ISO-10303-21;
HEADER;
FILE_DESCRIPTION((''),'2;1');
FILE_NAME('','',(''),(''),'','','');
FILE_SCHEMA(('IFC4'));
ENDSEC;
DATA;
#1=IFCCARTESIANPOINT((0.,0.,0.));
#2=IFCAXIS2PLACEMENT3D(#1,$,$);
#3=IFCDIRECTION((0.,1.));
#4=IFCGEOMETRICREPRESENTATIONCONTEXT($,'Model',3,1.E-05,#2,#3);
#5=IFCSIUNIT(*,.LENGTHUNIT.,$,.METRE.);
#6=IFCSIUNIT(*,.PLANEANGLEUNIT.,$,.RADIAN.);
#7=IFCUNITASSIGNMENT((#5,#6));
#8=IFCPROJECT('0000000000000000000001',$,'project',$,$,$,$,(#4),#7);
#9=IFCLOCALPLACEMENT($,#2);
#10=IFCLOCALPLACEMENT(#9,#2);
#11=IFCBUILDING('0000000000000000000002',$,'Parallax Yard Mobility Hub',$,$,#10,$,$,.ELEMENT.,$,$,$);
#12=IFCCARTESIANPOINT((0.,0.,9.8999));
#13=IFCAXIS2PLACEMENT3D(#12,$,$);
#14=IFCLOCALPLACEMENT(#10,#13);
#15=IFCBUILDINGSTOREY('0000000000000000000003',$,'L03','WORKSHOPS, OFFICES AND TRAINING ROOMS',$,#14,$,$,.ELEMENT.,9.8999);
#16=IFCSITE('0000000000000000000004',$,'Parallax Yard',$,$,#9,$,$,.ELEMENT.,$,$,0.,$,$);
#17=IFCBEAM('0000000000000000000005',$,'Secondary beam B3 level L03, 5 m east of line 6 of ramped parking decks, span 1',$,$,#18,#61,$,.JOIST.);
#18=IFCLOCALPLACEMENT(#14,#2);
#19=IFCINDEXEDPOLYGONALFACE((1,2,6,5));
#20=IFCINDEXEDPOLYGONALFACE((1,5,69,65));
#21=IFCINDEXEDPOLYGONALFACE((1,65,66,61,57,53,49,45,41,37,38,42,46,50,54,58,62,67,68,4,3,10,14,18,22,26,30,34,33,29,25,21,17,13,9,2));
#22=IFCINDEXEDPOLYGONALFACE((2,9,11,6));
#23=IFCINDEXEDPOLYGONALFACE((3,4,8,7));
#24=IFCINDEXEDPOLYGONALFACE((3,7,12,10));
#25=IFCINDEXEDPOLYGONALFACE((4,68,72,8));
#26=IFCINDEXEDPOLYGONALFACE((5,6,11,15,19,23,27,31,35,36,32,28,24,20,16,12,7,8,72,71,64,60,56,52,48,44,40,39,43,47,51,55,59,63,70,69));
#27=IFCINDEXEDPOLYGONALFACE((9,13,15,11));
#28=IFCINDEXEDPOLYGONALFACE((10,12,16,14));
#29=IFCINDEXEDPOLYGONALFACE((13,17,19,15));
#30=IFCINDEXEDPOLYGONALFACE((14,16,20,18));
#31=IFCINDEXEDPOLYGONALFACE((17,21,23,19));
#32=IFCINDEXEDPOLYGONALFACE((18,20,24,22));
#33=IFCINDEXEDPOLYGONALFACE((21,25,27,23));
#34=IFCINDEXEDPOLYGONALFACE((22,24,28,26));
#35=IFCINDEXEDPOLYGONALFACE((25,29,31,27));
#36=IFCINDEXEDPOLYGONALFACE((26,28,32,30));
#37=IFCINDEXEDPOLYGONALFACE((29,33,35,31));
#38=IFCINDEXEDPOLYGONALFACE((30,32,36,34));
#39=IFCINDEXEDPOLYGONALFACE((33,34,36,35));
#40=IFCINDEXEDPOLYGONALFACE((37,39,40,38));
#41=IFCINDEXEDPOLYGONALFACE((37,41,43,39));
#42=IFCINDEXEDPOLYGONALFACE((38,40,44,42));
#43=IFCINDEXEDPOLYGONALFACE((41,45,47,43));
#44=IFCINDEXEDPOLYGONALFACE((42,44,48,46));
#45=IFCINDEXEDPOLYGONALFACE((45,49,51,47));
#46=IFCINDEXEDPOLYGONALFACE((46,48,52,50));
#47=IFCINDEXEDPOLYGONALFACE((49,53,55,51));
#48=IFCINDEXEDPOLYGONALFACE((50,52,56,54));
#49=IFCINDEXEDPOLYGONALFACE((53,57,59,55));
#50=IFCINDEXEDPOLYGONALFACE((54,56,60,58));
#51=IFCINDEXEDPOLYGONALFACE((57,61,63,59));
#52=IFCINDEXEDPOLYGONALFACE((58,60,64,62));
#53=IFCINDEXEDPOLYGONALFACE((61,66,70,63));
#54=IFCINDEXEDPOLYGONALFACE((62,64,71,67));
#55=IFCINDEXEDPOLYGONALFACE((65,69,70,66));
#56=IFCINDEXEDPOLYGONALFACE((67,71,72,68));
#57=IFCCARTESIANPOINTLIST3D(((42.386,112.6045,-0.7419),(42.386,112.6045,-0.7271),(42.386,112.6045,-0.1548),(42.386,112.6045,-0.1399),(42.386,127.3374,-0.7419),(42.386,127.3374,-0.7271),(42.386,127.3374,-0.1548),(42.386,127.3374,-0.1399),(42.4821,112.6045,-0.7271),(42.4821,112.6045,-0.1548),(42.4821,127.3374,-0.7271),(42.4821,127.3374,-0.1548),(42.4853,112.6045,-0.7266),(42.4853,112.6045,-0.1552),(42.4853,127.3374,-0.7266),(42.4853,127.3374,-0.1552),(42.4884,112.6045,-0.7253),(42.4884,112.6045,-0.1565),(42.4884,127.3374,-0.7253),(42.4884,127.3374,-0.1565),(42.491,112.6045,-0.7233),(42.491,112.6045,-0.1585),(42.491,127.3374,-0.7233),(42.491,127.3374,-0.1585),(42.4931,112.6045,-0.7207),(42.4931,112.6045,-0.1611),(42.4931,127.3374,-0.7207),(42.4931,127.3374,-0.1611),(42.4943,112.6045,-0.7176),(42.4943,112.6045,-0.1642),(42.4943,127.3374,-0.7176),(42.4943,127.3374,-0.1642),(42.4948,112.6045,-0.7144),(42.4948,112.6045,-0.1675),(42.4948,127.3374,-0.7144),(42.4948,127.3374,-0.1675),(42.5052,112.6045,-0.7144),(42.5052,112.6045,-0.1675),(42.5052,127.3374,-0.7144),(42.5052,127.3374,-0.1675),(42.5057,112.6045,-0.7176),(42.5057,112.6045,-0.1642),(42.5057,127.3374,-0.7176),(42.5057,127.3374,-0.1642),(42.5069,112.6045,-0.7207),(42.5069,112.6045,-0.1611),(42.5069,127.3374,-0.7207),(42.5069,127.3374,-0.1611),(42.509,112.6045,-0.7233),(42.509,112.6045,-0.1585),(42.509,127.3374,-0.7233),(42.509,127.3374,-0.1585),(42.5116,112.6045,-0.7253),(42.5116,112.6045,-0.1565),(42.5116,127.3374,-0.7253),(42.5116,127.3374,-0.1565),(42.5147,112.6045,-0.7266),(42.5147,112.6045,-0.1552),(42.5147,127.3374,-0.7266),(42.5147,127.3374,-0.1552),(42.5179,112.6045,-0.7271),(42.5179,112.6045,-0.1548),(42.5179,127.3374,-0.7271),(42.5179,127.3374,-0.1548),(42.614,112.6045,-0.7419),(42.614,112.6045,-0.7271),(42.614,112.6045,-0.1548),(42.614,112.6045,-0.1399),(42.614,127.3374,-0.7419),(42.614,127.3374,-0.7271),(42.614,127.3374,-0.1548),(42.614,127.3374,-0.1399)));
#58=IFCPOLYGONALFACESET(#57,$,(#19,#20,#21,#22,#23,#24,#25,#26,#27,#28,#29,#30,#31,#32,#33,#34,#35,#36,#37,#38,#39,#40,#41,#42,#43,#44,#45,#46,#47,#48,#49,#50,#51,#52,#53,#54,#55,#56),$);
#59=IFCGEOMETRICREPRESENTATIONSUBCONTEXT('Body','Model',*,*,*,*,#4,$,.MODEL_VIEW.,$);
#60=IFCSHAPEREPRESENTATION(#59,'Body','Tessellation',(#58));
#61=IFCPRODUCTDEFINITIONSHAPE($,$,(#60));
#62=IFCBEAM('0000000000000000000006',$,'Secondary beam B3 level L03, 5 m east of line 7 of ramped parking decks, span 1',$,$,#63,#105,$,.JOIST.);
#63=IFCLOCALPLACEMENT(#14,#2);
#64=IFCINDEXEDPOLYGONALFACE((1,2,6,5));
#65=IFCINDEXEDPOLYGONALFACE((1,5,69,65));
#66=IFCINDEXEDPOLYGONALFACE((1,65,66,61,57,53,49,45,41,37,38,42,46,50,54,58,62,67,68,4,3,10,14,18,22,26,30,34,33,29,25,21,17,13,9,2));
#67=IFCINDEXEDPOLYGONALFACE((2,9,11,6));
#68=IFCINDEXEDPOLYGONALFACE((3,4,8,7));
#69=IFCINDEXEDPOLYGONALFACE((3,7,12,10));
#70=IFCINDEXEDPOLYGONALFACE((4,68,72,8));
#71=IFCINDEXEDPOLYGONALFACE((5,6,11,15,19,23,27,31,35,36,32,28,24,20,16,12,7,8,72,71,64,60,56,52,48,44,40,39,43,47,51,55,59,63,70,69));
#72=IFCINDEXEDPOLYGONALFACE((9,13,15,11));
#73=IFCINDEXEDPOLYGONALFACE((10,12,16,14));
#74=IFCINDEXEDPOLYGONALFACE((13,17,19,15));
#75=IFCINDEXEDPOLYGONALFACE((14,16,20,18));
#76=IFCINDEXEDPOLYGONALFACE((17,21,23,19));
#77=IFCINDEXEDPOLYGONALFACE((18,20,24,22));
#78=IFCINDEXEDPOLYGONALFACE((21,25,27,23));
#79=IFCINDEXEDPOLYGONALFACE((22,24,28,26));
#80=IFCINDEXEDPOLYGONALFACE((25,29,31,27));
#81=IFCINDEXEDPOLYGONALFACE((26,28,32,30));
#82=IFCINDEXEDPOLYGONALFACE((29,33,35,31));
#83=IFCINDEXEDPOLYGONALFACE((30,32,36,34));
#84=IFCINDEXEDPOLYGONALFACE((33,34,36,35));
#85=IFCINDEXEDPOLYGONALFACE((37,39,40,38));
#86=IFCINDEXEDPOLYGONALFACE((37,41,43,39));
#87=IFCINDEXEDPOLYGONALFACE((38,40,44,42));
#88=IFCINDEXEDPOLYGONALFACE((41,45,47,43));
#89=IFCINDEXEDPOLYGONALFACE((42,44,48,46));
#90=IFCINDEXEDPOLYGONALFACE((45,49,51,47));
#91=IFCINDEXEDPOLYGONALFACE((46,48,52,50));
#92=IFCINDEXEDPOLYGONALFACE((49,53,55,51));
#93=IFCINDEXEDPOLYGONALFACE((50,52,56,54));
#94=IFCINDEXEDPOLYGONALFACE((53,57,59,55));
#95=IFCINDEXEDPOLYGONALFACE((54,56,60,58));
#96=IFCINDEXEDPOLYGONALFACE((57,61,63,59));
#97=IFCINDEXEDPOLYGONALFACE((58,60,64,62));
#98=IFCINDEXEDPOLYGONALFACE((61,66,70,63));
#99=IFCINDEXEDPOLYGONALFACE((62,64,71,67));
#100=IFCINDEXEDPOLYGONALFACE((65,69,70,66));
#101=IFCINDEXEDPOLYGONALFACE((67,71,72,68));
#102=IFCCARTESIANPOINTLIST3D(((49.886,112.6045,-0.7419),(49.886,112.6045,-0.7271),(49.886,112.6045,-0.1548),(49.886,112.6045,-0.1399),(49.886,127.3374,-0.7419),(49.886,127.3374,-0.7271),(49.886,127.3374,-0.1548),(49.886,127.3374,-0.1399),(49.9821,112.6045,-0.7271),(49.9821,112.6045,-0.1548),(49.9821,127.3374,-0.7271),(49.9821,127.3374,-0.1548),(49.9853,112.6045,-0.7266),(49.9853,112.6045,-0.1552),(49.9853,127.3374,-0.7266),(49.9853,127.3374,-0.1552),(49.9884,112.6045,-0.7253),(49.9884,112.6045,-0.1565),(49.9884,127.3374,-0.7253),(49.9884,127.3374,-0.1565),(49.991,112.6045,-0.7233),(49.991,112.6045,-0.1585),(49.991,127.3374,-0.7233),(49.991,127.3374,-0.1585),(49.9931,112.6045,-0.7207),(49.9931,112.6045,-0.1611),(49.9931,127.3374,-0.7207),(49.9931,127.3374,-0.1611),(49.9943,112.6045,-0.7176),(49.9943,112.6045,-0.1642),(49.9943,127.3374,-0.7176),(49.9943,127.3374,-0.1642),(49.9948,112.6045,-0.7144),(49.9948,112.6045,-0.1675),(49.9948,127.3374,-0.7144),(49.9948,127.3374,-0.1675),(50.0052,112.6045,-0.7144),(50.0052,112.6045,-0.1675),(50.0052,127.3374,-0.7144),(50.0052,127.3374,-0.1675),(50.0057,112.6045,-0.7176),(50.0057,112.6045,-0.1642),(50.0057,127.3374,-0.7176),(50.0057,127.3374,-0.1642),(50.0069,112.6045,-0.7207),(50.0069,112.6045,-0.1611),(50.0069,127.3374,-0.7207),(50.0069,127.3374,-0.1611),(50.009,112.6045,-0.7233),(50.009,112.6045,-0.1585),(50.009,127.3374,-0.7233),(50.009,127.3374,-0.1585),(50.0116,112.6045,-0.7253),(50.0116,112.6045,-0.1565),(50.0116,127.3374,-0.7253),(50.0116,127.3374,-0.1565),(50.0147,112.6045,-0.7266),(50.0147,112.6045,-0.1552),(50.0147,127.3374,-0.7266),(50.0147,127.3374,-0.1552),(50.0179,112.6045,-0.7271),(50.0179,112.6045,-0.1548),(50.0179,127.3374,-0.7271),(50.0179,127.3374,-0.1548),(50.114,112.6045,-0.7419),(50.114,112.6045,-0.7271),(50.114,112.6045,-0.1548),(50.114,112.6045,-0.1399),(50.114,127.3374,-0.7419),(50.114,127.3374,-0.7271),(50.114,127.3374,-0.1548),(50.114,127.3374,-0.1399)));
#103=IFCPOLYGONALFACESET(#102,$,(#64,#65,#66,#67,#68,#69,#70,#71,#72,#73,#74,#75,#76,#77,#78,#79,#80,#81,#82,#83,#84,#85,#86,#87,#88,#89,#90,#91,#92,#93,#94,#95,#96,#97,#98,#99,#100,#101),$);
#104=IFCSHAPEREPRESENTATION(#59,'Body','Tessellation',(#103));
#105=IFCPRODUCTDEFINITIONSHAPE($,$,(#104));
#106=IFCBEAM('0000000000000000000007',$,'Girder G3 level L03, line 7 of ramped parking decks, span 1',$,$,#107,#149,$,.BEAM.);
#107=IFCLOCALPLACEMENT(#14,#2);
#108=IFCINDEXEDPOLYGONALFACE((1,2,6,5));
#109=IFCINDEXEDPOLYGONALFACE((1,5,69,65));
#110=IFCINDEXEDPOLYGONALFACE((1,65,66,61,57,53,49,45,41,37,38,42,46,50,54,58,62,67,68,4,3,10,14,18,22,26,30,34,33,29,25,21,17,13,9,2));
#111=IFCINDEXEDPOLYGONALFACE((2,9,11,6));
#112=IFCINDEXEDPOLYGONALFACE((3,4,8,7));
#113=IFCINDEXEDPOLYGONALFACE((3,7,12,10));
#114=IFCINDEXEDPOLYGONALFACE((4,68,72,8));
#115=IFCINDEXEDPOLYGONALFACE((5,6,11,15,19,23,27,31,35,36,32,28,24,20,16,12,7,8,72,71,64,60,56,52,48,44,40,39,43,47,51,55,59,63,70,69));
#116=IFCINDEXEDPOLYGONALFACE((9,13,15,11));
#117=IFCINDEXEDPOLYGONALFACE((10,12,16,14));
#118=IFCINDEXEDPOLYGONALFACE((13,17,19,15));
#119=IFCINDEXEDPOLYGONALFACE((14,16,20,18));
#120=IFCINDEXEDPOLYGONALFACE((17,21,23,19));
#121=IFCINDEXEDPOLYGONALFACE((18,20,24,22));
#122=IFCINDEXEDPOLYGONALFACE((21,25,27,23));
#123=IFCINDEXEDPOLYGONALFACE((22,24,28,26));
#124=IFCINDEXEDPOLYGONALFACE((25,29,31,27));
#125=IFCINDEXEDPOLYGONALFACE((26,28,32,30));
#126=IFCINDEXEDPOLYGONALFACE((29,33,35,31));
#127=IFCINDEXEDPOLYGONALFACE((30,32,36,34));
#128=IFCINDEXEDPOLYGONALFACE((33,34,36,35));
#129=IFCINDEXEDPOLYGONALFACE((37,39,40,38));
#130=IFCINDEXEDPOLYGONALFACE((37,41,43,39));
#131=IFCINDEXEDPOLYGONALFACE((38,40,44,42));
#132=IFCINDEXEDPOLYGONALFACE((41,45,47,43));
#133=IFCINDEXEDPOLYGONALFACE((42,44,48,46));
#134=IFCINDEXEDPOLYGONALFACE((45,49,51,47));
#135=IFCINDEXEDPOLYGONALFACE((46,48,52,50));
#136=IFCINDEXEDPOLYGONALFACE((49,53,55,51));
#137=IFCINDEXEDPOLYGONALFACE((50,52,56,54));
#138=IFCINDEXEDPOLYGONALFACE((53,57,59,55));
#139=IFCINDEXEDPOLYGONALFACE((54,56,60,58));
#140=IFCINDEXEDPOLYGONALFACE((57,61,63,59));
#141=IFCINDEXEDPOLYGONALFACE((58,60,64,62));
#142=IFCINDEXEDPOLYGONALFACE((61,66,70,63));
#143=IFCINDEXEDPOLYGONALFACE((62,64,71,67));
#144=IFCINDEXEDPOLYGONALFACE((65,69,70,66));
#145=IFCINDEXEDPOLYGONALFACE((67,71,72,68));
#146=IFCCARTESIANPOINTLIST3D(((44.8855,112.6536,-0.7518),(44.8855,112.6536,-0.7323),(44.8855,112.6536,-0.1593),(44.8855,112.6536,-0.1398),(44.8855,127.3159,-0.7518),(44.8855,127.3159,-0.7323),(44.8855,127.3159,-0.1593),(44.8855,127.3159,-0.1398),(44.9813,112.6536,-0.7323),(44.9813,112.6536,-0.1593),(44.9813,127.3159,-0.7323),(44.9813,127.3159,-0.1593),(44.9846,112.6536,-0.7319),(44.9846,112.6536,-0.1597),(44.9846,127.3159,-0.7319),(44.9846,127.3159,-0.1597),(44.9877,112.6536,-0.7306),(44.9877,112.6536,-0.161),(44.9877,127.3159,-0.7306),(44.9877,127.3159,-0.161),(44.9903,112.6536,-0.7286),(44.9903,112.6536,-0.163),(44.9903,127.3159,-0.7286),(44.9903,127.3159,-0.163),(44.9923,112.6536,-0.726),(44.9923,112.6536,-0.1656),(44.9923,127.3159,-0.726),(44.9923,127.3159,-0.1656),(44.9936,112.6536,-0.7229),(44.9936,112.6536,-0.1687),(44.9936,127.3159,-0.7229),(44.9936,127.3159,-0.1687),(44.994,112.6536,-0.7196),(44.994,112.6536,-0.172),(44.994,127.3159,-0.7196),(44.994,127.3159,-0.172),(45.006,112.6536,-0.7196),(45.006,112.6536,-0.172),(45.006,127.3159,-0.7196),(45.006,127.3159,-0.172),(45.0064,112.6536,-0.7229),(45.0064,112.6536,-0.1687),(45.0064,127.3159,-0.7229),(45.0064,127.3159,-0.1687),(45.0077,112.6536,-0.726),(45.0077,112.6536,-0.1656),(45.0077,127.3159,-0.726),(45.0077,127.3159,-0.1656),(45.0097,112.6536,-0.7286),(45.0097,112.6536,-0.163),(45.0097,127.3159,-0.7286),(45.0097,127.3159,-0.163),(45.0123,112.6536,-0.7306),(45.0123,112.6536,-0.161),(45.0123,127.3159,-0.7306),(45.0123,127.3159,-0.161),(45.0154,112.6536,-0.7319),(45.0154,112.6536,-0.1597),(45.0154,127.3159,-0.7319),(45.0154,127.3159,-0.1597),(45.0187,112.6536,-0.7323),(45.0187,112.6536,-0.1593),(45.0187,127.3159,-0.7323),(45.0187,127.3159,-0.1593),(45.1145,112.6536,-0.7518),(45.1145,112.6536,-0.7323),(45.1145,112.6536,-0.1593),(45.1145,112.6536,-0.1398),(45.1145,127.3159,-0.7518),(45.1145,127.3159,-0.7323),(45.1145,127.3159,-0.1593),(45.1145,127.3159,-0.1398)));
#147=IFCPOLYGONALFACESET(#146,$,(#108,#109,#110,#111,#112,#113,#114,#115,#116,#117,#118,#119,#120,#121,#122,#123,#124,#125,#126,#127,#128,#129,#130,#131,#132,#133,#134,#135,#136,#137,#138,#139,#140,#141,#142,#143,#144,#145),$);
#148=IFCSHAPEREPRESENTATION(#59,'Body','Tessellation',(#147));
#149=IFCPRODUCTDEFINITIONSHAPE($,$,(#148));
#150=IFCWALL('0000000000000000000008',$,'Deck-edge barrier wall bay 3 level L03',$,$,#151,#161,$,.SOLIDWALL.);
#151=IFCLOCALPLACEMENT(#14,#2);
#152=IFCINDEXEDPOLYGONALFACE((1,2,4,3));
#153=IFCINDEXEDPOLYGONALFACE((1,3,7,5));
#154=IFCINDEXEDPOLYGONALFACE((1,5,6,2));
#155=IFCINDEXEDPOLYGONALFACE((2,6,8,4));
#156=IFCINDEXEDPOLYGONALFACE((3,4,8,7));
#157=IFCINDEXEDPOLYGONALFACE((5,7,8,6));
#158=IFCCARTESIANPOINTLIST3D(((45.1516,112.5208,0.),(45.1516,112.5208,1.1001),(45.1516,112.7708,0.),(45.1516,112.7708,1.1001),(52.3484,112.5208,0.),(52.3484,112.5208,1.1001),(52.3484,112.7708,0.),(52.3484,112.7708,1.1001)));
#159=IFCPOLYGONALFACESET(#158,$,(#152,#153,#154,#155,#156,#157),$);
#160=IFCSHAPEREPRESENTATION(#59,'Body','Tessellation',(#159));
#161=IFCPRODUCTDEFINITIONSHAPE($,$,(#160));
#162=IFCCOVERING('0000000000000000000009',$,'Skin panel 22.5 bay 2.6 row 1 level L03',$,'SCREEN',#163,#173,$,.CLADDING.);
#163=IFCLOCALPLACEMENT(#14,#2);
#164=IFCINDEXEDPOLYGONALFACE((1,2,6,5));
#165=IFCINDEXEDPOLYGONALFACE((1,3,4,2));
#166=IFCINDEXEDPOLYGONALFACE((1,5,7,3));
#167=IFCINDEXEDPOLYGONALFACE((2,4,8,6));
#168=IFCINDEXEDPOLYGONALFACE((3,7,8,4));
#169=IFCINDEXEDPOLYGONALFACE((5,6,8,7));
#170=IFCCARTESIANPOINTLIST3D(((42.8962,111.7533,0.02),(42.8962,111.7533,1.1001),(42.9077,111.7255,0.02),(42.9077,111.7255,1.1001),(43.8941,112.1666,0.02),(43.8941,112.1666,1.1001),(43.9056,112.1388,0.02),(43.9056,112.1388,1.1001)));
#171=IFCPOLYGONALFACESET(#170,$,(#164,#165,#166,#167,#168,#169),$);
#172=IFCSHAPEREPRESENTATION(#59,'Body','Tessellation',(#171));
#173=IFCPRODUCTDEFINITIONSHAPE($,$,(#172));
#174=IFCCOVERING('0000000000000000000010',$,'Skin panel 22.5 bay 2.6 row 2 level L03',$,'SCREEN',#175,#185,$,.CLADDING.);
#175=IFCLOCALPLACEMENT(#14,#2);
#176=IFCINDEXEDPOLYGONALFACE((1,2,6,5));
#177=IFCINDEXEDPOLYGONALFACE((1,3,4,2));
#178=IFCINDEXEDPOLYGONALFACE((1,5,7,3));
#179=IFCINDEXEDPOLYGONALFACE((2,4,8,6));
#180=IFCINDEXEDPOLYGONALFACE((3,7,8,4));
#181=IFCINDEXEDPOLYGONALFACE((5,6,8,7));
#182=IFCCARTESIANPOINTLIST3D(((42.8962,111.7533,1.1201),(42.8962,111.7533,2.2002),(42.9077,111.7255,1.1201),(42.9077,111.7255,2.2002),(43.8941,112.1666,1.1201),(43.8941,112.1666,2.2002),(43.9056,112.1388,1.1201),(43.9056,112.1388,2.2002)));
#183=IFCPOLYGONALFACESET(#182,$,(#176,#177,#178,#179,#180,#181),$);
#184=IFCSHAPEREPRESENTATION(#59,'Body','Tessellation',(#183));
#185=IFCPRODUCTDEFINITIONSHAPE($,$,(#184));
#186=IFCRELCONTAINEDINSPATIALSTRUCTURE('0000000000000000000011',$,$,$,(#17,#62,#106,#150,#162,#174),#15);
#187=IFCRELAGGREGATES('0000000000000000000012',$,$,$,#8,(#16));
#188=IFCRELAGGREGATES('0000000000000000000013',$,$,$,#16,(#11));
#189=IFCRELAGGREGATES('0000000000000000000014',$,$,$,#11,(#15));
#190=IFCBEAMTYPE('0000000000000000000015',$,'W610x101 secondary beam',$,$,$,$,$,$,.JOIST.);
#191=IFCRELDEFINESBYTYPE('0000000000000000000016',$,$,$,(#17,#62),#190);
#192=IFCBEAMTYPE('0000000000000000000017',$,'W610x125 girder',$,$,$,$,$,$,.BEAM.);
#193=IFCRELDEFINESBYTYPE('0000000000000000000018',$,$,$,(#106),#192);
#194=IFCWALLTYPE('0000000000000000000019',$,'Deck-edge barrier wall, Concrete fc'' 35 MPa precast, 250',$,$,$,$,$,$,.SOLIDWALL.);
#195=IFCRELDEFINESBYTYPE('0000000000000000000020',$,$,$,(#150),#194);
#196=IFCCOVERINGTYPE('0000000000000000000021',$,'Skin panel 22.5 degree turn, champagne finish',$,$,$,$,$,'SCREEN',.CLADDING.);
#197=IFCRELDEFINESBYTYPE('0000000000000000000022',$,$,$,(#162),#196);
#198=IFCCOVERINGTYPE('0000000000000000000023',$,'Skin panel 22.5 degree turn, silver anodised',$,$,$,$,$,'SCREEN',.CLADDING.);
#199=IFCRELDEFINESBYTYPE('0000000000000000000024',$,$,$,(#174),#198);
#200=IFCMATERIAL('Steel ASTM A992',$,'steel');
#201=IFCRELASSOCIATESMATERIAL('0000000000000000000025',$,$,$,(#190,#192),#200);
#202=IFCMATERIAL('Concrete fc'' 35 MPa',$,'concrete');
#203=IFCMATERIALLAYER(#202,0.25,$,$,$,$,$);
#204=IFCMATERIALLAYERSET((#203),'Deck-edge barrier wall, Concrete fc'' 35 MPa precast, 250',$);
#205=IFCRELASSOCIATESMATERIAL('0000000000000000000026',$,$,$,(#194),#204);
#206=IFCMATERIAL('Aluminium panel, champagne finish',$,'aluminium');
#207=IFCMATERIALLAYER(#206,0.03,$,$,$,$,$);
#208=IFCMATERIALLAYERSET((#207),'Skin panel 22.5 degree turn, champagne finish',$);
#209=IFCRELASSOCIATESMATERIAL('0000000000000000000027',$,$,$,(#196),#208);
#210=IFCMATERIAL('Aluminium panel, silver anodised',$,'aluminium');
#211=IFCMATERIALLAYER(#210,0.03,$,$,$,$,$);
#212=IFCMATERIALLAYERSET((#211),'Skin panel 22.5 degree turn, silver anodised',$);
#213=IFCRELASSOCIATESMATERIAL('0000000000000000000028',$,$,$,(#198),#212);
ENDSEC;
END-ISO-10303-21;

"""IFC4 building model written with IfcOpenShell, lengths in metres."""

from ifc_helpers import new_model, si_unit, direction, frame, frame_2d, origin, origin_2d, place, context, subcontext, project, spatial, rectangle, i_section, extrude, material, layer, layer_set, material_profile, profile_set, type_object, element, save


model = new_model("IFC4")

# Units and contexts
model_context = context("Model", 3, precision=1e-05, world=origin(), true_north=direction((0.0, 1.0)))
body_context = subcontext(model_context, "Body", "Model", "MODEL_VIEW")
ifc_project = project(units=[si_unit("LENGTHUNIT", "METRE"), si_unit("PLANEANGLEUNIT", "RADIAN")], contexts=[model_context])

# Site, building, storey
site_placement = place(None, origin())
site = spatial("IfcSite", under=ifc_project, at=site_placement, Name="Parallax Yard", CompositionType="ELEMENT", RefElevation=0.0)
building_placement = place(site_placement, origin())
building = spatial("IfcBuilding", under=site, at=building_placement, Name="Parallax Yard Mobility Hub", CompositionType="ELEMENT")
storey_placement = place(building_placement, frame((0.0, 0.0, 9.8999)))
storey = spatial("IfcBuildingStorey", under=building, at=storey_placement, Name="L03", Description="WORKSHOPS, OFFICES AND TRAINING ROOMS", CompositionType="ELEMENT", Elevation=9.8999)

# Shared definitions
ifc_material_1 = material(Name="Steel ASTM A992", Category="steel")

# Beams
ifc_material_profile_1 = material_profile(ifc_material_1, i_section(OverallWidth=0.228, OverallDepth=0.6021, WebThickness=0.0105, FlangeThickness=0.0149, FilletRadius=0.0127, at=origin_2d()), Name="W610x101")
ifc_profile_set_1 = profile_set([ifc_material_profile_1], Name="Steel ASTM A992")
beam_type_1 = type_object("IfcBeamType", Name="W610x101 secondary beam", PredefinedType="JOIST", material=ifc_profile_set_1)
for number, where, z_axis, x_axis, name in (
    (1, (42.5, 112.6045, -0.4409), (0.0, 1.0, 0.0), (-1.0, 0.0, 0.0), "Secondary beam B3 level L03, 5 m east of line 6 of ramped parking decks, span 1"),
    (2, (50.0, 112.6045, -0.4409), (0.0, 1.0, 0.0), (-1.0, 0.0, 0.0), "Secondary beam B3 level L03, 5 m east of line 7 of ramped parking decks, span 1"),
):
    element("IfcBeam", number, at=place(storey_placement, frame(where, z_axis=z_axis, x_axis=x_axis)), inside=storey, type_object=beam_type_1, Name=name, PredefinedType="JOIST", context=body_context, shape_type="SweptSolid", body=[
        extrude(i_section(OverallWidth=0.228, OverallDepth=0.6021, WebThickness=0.0105, FlangeThickness=0.0149, FilletRadius=0.0127, at=origin_2d()), origin(), (0.0, 0.0, 1.0), 14.7329),
    ])
ifc_material_profile_2 = material_profile(ifc_material_1, i_section(OverallWidth=0.229, OverallDepth=0.6121, WebThickness=0.012, FlangeThickness=0.0195, FilletRadius=0.0127, at=origin_2d()), Name="W610x125")
ifc_profile_set_2 = profile_set([ifc_material_profile_2], Name="Steel ASTM A992")
beam_type_2 = type_object("IfcBeamType", Name="W610x125 girder", PredefinedType="BEAM", material=ifc_profile_set_2)
beam_1_placement = place(storey_placement, frame((45.0, 112.6536, -0.4458), z_axis=(0.0, 1.0, 0.0), x_axis=(-1.0, 0.0, 0.0)))
element("IfcBeam", 3, at=beam_1_placement, inside=storey, type_object=beam_type_2, Name="Girder G3 level L03, line 7 of ramped parking decks, span 1", PredefinedType="BEAM", context=body_context, shape_type="SweptSolid", body=[
    extrude(i_section(OverallWidth=0.229, OverallDepth=0.6121, WebThickness=0.012, FlangeThickness=0.0195, FilletRadius=0.0127, at=origin_2d()), origin(), (0.0, 0.0, 1.0), 14.6624),
])

# Wall
ifc_material_2 = material(Name="Concrete fc' 35 MPa", Category="concrete")
ifc_layer_1 = layer(ifc_material_2, 0.25)
ifc_layer_set_1 = layer_set([ifc_layer_1], Name="Deck-edge barrier wall, Concrete fc' 35 MPa precast, 250")
wall_type = type_object("IfcWallType", Name="Deck-edge barrier wall, Concrete fc' 35 MPa precast, 250", PredefinedType="SOLIDWALL", material=ifc_layer_set_1)
wall_placement = place(storey_placement, frame((45.1516, 112.6458, 0.0), z_axis=(0.0, 0.0, 1.0), x_axis=(1.0, 0.0, 0.0)))
element("IfcWall", 4, at=wall_placement, inside=storey, type_object=wall_type, Name="Deck-edge barrier wall bay 3 level L03", PredefinedType="SOLIDWALL", context=body_context, shape_type="SweptSolid", body=[
    extrude(rectangle(XDim=7.1968, YDim=0.25, at=frame_2d((3.5984, 0.0))), origin(), (0.0, 0.0, 1.0), 1.1001),
])

# Coverings
ifc_material_3 = material(Name="Aluminium panel, champagne finish", Category="aluminium")
ifc_layer_2 = layer(ifc_material_3, 0.03)
ifc_layer_set_2 = layer_set([ifc_layer_2], Name="Skin panel 22.5 degree turn, champagne finish")
covering_type_1 = type_object("IfcCoveringType", Name="Skin panel 22.5 degree turn, champagne finish", ElementType="SCREEN", PredefinedType="CLADDING", material=ifc_layer_set_2)
covering_placement = place(storey_placement, frame((43.4009, 111.946, 0.02), z_axis=(0.0, 0.0, 1.0), x_axis=(-0.92388, -0.382683, 0.0)))
element("IfcCovering", 5, at=covering_placement, inside=storey, type_object=covering_type_1, Name="Skin panel 22.5 bay 2.6 row 1 level L03", ObjectType="SCREEN", PredefinedType="CLADDING", context=body_context, shape_type="SweptSolid", body=[
    extrude(rectangle(XDim=1.0801, YDim=0.03, at=origin_2d()), origin(), (0.0, 0.0, 1.0), 1.0801),
])
ifc_material_4 = material(Name="Aluminium panel, silver anodised", Category="aluminium")
ifc_layer_3 = layer(ifc_material_4, 0.03)
ifc_layer_set_3 = layer_set([ifc_layer_3], Name="Skin panel 22.5 degree turn, silver anodised")
covering_type_2 = type_object("IfcCoveringType", Name="Skin panel 22.5 degree turn, silver anodised", ElementType="SCREEN", PredefinedType="CLADDING", material=ifc_layer_set_3)
for number, where, z_axis, x_axis, name in (
    (6, (43.4009, 111.946, 1.1201), (0.0, 0.0, 1.0), (-0.92388, -0.382683, 0.0), "Skin panel 22.5 bay 2.6 row 2 level L03"),
):
    element("IfcCovering", number, at=place(storey_placement, frame(where, z_axis=z_axis, x_axis=x_axis)), inside=storey, type_object=covering_type_2, Name=name, ObjectType="SCREEN", PredefinedType="CLADDING", context=body_context, shape_type="SweptSolid", body=[
        extrude(rectangle(XDim=1.0801, YDim=0.03, at=origin_2d()), origin(), (0.0, 0.0, 1.0), 1.0801),
    ])

save(model, "model.ifc")
